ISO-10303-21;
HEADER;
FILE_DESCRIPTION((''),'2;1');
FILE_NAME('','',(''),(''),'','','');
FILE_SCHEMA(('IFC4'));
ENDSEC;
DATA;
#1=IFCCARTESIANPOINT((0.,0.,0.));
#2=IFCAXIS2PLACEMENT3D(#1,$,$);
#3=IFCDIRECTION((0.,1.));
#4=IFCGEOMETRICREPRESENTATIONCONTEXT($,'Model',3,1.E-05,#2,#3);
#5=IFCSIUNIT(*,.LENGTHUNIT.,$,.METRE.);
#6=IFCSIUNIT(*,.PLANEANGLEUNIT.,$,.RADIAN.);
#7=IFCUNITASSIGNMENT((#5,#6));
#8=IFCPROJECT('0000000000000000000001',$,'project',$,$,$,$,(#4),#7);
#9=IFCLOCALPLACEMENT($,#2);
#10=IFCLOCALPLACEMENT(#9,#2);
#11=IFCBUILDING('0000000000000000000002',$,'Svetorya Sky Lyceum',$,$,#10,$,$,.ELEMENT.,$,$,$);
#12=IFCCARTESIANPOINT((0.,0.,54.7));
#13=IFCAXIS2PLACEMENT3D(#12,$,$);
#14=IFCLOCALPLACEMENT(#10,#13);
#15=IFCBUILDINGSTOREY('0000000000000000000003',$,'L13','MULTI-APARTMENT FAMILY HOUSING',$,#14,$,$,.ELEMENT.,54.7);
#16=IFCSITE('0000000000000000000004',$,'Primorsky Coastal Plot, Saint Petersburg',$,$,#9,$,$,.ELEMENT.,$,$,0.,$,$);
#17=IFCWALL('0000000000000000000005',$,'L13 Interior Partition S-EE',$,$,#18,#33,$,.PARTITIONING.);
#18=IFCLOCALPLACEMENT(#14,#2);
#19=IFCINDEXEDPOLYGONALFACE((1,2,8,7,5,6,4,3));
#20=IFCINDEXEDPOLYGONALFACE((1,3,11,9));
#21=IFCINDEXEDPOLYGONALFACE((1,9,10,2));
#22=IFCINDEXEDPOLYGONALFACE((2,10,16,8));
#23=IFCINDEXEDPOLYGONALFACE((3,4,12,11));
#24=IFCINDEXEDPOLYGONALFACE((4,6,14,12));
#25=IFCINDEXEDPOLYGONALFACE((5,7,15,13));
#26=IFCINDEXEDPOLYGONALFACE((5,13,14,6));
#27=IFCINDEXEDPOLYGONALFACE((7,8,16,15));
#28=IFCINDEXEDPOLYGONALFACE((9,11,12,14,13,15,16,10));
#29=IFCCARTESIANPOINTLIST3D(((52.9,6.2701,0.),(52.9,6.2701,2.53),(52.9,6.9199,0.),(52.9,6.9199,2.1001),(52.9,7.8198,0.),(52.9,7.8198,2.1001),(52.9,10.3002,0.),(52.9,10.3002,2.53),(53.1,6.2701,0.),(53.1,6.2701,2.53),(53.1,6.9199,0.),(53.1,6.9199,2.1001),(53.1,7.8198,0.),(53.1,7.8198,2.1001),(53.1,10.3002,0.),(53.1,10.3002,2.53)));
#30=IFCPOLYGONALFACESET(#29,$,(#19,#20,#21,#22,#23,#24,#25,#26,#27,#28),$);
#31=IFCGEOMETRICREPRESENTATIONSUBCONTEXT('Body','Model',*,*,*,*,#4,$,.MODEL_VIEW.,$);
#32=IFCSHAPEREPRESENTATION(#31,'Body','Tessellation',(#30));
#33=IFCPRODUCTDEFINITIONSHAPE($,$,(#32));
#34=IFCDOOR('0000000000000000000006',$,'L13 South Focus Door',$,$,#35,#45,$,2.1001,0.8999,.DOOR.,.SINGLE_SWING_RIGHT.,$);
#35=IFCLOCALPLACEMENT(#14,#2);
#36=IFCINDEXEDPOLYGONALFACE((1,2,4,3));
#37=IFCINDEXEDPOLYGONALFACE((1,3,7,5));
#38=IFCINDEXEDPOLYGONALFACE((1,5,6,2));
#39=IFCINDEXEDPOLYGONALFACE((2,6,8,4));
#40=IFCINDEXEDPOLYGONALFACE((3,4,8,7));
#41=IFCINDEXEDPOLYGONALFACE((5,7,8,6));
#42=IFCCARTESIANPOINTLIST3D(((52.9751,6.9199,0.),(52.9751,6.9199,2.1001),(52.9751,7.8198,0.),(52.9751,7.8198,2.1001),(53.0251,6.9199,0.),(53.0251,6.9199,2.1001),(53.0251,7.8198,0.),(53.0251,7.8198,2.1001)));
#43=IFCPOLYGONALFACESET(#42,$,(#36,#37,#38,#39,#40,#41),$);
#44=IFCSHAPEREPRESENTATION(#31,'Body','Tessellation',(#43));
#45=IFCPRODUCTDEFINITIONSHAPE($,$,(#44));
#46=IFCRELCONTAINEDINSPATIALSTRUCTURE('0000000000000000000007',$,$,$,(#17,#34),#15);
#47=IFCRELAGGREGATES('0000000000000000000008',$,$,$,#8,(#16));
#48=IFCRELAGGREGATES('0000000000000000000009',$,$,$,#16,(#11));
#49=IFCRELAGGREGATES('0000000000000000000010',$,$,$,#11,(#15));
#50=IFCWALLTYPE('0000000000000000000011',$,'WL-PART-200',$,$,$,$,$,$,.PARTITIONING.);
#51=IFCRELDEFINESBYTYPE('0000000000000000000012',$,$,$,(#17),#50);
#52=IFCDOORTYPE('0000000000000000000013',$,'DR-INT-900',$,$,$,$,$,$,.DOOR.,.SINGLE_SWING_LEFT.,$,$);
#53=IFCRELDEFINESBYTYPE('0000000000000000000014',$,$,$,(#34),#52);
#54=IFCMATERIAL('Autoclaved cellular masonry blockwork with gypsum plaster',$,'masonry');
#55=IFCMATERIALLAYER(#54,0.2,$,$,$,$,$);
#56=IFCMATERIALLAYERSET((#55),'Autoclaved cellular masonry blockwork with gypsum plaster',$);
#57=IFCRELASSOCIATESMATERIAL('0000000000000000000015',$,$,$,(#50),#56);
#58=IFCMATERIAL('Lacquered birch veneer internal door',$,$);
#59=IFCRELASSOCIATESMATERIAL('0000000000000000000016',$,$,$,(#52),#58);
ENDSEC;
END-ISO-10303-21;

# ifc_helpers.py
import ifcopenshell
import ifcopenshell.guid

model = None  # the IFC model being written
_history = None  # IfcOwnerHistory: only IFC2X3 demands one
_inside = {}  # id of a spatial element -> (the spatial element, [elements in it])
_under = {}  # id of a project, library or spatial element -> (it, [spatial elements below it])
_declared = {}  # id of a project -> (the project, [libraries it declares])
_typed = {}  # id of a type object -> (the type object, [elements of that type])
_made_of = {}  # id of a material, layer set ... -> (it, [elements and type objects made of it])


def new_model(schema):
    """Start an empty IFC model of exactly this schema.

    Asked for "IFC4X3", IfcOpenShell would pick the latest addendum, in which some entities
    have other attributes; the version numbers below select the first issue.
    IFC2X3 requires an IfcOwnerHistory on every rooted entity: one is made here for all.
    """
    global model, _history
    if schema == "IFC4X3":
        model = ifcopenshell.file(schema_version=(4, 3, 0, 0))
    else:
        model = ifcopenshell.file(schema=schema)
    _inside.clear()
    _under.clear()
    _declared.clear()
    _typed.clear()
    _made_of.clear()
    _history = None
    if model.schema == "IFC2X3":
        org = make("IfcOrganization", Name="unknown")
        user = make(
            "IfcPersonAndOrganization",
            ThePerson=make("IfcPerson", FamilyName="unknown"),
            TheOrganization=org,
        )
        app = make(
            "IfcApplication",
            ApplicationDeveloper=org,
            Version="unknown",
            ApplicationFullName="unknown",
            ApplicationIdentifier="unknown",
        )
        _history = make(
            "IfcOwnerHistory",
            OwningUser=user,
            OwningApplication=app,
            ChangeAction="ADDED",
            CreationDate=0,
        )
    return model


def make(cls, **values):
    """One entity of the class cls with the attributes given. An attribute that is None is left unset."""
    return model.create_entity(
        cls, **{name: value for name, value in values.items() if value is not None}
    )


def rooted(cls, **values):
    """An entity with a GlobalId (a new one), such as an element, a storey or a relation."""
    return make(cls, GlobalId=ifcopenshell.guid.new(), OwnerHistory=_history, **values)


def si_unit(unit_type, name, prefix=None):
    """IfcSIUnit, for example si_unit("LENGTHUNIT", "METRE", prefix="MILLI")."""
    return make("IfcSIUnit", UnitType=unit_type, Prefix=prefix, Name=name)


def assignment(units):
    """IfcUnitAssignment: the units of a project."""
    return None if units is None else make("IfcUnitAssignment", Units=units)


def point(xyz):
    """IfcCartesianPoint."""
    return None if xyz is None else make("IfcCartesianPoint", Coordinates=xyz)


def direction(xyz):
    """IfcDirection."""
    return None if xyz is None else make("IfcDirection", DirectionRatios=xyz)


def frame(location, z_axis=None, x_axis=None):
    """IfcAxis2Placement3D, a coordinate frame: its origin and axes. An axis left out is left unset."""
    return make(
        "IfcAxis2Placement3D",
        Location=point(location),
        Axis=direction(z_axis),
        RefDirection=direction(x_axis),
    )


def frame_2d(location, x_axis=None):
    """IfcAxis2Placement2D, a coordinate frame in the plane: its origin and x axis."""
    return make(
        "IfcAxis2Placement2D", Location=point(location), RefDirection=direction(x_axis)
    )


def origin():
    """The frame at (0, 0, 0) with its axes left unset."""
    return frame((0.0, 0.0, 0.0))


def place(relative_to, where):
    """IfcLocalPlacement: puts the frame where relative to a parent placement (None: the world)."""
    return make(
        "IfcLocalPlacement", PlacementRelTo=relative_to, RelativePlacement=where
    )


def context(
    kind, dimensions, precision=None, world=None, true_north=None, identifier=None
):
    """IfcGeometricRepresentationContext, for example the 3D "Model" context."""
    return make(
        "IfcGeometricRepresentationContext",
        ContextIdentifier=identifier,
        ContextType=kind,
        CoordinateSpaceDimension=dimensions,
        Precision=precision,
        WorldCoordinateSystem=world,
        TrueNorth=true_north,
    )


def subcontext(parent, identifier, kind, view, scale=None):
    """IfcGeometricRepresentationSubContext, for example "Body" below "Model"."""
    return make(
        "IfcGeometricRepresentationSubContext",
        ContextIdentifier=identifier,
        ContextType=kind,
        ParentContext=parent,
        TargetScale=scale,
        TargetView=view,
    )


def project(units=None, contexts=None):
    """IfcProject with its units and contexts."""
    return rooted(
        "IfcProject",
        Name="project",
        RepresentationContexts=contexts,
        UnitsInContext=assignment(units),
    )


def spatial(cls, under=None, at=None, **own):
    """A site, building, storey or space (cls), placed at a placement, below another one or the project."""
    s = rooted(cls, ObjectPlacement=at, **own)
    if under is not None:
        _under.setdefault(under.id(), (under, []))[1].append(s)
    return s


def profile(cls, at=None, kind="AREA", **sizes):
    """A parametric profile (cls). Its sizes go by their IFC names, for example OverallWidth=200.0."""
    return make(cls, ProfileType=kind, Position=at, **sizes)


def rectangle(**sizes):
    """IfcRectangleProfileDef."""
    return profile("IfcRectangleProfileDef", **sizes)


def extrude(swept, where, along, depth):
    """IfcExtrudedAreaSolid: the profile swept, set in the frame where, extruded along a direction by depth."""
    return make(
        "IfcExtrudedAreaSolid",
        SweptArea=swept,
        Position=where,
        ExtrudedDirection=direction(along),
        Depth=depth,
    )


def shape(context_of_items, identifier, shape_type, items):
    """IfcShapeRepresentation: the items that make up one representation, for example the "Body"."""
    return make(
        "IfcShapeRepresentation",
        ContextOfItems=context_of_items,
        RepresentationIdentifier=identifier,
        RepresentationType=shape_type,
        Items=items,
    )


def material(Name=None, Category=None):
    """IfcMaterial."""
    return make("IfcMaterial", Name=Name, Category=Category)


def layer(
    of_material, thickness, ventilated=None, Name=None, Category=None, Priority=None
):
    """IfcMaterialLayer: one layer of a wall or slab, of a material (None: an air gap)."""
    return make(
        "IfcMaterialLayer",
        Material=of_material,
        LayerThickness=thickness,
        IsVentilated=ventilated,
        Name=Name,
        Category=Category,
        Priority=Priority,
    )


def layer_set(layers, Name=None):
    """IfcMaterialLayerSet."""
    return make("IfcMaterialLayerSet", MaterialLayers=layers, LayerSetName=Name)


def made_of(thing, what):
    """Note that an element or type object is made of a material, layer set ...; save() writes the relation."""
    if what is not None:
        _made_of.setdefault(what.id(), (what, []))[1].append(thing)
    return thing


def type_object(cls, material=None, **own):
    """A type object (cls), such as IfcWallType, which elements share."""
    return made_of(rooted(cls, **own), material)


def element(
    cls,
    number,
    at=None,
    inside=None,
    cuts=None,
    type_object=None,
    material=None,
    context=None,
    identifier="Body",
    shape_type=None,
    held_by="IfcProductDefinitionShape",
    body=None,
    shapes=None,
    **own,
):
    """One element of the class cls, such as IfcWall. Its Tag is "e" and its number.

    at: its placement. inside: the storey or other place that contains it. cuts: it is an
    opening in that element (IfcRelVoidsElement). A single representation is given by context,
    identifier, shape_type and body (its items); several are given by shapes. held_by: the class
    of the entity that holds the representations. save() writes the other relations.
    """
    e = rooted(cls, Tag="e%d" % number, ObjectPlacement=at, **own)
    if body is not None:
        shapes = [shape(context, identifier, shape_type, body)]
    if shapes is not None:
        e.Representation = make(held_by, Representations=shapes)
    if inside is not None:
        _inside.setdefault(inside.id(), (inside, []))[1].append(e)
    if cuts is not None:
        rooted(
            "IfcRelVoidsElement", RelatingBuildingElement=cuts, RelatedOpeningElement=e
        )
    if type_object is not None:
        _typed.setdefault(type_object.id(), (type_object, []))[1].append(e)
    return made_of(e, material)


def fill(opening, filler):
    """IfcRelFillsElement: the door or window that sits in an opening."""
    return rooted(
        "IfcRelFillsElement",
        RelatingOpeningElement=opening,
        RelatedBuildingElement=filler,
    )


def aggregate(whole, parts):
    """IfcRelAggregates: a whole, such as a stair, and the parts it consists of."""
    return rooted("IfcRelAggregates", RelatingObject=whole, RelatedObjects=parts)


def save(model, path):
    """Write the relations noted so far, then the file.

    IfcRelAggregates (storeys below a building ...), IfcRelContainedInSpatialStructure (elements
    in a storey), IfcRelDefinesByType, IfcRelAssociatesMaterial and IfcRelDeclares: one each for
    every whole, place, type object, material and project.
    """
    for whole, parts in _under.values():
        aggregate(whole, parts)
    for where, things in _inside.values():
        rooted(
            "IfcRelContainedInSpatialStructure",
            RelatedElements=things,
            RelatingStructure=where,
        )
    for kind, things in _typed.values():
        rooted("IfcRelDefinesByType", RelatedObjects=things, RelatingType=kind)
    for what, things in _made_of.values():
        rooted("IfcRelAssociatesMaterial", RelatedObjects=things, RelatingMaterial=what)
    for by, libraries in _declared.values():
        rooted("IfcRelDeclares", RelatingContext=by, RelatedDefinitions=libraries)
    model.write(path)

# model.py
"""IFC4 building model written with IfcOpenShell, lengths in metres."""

from ifc_helpers import new_model, si_unit, direction, frame, frame_2d, origin, place, context, subcontext, project, spatial, rectangle, extrude, material, layer, layer_set, type_object, element, fill, save


model = new_model("IFC4")

# Units and contexts
model_context = context("Model", 3, precision=1e-05, world=origin(), true_north=direction((0.0, 1.0)))
body_context = subcontext(model_context, "Body", "Model", "MODEL_VIEW")
ifc_project = project(units=[si_unit("LENGTHUNIT", "METRE"), si_unit("PLANEANGLEUNIT", "RADIAN")], contexts=[model_context])

# Site, building, storey
site_placement = place(None, origin())
site = spatial("IfcSite", under=ifc_project, at=site_placement, Name="Primorsky Coastal Plot, Saint Petersburg", CompositionType="ELEMENT", RefElevation=0.0)
building_placement = place(site_placement, origin())
building = spatial("IfcBuilding", under=site, at=building_placement, Name="Svetorya Sky Lyceum", CompositionType="ELEMENT")
storey_placement = place(building_placement, frame((0.0, 0.0, 54.7)))
storey = spatial("IfcBuildingStorey", under=building, at=storey_placement, Name="L13", Description="MULTI-APARTMENT FAMILY HOUSING", CompositionType="ELEMENT", Elevation=54.7)

# Shared definitions
ifc_material_1 = material(Name="Autoclaved cellular masonry blockwork with gypsum plaster", Category="masonry")
ifc_layer_1 = layer(ifc_material_1, 0.2)
ifc_layer_set_1 = layer_set([ifc_layer_1], Name="Autoclaved cellular masonry blockwork with gypsum plaster")
wall_type_1 = type_object("IfcWallType", Name="WL-PART-200", PredefinedType="PARTITIONING", material=ifc_layer_set_1)

# Wall, opening, door
wall_1_placement = place(storey_placement, frame((53.0, 6.27, 0.0), z_axis=(0.0, 0.0, 1.0), x_axis=(0.0, 1.0, 0.0)))
wall_1 = element("IfcWall", 1, at=wall_1_placement, inside=storey, type_object=wall_type_1, Name="L13 Interior Partition S-EE", PredefinedType="PARTITIONING", context=body_context, shape_type="SweptSolid", body=[
    extrude(rectangle(XDim=4.03, YDim=0.2, at=frame_2d((2.0151, 0.0))), origin(), (0.0, 0.0, 1.0), 2.53),
])
opening_1_placement = place(wall_1_placement, frame((0.6499, 0.0, 0.0)))
opening_1 = element("IfcOpeningElement", 2, at=opening_1_placement, cuts=wall_1, PredefinedType="OPENING", context=body_context, shape_type="SweptSolid", body=[
    extrude(rectangle(XDim=0.8999, YDim=2.1001, at=frame_2d((0.45, 1.05))), frame((0.0, 0.1099, 0.0), z_axis=(0.0, -1.0, 0.0), x_axis=(1.0, 0.0, 0.0)), (0.0, 0.0, 1.0), 0.22),
])
ifc_material_2 = material(Name="Lacquered birch veneer internal door")
door_type_1 = type_object("IfcDoorType", Name="DR-INT-900", OperationType="SINGLE_SWING_LEFT", PredefinedType="DOOR", material=ifc_material_2)
door_1_placement = place(opening_1_placement, origin())
door_1 = element("IfcDoor", 3, at=door_1_placement, inside=storey, type_object=door_type_1, Name="L13 South Focus Door", OperationType="SINGLE_SWING_RIGHT", OverallHeight=2.1001, OverallWidth=0.8999, PredefinedType="DOOR", context=body_context, shape_type="SweptSolid", body=[
    extrude(rectangle(XDim=0.8999, YDim=2.1001, at=frame_2d((0.45, 1.05))), frame((0.0, 0.0249, 0.0), z_axis=(0.0, -1.0, 0.0), x_axis=(1.0, 0.0, 0.0)), (0.0, 0.0, 1.0), 0.05),
])
fill(opening_1, door_1)

save(model, "model.ifc")
